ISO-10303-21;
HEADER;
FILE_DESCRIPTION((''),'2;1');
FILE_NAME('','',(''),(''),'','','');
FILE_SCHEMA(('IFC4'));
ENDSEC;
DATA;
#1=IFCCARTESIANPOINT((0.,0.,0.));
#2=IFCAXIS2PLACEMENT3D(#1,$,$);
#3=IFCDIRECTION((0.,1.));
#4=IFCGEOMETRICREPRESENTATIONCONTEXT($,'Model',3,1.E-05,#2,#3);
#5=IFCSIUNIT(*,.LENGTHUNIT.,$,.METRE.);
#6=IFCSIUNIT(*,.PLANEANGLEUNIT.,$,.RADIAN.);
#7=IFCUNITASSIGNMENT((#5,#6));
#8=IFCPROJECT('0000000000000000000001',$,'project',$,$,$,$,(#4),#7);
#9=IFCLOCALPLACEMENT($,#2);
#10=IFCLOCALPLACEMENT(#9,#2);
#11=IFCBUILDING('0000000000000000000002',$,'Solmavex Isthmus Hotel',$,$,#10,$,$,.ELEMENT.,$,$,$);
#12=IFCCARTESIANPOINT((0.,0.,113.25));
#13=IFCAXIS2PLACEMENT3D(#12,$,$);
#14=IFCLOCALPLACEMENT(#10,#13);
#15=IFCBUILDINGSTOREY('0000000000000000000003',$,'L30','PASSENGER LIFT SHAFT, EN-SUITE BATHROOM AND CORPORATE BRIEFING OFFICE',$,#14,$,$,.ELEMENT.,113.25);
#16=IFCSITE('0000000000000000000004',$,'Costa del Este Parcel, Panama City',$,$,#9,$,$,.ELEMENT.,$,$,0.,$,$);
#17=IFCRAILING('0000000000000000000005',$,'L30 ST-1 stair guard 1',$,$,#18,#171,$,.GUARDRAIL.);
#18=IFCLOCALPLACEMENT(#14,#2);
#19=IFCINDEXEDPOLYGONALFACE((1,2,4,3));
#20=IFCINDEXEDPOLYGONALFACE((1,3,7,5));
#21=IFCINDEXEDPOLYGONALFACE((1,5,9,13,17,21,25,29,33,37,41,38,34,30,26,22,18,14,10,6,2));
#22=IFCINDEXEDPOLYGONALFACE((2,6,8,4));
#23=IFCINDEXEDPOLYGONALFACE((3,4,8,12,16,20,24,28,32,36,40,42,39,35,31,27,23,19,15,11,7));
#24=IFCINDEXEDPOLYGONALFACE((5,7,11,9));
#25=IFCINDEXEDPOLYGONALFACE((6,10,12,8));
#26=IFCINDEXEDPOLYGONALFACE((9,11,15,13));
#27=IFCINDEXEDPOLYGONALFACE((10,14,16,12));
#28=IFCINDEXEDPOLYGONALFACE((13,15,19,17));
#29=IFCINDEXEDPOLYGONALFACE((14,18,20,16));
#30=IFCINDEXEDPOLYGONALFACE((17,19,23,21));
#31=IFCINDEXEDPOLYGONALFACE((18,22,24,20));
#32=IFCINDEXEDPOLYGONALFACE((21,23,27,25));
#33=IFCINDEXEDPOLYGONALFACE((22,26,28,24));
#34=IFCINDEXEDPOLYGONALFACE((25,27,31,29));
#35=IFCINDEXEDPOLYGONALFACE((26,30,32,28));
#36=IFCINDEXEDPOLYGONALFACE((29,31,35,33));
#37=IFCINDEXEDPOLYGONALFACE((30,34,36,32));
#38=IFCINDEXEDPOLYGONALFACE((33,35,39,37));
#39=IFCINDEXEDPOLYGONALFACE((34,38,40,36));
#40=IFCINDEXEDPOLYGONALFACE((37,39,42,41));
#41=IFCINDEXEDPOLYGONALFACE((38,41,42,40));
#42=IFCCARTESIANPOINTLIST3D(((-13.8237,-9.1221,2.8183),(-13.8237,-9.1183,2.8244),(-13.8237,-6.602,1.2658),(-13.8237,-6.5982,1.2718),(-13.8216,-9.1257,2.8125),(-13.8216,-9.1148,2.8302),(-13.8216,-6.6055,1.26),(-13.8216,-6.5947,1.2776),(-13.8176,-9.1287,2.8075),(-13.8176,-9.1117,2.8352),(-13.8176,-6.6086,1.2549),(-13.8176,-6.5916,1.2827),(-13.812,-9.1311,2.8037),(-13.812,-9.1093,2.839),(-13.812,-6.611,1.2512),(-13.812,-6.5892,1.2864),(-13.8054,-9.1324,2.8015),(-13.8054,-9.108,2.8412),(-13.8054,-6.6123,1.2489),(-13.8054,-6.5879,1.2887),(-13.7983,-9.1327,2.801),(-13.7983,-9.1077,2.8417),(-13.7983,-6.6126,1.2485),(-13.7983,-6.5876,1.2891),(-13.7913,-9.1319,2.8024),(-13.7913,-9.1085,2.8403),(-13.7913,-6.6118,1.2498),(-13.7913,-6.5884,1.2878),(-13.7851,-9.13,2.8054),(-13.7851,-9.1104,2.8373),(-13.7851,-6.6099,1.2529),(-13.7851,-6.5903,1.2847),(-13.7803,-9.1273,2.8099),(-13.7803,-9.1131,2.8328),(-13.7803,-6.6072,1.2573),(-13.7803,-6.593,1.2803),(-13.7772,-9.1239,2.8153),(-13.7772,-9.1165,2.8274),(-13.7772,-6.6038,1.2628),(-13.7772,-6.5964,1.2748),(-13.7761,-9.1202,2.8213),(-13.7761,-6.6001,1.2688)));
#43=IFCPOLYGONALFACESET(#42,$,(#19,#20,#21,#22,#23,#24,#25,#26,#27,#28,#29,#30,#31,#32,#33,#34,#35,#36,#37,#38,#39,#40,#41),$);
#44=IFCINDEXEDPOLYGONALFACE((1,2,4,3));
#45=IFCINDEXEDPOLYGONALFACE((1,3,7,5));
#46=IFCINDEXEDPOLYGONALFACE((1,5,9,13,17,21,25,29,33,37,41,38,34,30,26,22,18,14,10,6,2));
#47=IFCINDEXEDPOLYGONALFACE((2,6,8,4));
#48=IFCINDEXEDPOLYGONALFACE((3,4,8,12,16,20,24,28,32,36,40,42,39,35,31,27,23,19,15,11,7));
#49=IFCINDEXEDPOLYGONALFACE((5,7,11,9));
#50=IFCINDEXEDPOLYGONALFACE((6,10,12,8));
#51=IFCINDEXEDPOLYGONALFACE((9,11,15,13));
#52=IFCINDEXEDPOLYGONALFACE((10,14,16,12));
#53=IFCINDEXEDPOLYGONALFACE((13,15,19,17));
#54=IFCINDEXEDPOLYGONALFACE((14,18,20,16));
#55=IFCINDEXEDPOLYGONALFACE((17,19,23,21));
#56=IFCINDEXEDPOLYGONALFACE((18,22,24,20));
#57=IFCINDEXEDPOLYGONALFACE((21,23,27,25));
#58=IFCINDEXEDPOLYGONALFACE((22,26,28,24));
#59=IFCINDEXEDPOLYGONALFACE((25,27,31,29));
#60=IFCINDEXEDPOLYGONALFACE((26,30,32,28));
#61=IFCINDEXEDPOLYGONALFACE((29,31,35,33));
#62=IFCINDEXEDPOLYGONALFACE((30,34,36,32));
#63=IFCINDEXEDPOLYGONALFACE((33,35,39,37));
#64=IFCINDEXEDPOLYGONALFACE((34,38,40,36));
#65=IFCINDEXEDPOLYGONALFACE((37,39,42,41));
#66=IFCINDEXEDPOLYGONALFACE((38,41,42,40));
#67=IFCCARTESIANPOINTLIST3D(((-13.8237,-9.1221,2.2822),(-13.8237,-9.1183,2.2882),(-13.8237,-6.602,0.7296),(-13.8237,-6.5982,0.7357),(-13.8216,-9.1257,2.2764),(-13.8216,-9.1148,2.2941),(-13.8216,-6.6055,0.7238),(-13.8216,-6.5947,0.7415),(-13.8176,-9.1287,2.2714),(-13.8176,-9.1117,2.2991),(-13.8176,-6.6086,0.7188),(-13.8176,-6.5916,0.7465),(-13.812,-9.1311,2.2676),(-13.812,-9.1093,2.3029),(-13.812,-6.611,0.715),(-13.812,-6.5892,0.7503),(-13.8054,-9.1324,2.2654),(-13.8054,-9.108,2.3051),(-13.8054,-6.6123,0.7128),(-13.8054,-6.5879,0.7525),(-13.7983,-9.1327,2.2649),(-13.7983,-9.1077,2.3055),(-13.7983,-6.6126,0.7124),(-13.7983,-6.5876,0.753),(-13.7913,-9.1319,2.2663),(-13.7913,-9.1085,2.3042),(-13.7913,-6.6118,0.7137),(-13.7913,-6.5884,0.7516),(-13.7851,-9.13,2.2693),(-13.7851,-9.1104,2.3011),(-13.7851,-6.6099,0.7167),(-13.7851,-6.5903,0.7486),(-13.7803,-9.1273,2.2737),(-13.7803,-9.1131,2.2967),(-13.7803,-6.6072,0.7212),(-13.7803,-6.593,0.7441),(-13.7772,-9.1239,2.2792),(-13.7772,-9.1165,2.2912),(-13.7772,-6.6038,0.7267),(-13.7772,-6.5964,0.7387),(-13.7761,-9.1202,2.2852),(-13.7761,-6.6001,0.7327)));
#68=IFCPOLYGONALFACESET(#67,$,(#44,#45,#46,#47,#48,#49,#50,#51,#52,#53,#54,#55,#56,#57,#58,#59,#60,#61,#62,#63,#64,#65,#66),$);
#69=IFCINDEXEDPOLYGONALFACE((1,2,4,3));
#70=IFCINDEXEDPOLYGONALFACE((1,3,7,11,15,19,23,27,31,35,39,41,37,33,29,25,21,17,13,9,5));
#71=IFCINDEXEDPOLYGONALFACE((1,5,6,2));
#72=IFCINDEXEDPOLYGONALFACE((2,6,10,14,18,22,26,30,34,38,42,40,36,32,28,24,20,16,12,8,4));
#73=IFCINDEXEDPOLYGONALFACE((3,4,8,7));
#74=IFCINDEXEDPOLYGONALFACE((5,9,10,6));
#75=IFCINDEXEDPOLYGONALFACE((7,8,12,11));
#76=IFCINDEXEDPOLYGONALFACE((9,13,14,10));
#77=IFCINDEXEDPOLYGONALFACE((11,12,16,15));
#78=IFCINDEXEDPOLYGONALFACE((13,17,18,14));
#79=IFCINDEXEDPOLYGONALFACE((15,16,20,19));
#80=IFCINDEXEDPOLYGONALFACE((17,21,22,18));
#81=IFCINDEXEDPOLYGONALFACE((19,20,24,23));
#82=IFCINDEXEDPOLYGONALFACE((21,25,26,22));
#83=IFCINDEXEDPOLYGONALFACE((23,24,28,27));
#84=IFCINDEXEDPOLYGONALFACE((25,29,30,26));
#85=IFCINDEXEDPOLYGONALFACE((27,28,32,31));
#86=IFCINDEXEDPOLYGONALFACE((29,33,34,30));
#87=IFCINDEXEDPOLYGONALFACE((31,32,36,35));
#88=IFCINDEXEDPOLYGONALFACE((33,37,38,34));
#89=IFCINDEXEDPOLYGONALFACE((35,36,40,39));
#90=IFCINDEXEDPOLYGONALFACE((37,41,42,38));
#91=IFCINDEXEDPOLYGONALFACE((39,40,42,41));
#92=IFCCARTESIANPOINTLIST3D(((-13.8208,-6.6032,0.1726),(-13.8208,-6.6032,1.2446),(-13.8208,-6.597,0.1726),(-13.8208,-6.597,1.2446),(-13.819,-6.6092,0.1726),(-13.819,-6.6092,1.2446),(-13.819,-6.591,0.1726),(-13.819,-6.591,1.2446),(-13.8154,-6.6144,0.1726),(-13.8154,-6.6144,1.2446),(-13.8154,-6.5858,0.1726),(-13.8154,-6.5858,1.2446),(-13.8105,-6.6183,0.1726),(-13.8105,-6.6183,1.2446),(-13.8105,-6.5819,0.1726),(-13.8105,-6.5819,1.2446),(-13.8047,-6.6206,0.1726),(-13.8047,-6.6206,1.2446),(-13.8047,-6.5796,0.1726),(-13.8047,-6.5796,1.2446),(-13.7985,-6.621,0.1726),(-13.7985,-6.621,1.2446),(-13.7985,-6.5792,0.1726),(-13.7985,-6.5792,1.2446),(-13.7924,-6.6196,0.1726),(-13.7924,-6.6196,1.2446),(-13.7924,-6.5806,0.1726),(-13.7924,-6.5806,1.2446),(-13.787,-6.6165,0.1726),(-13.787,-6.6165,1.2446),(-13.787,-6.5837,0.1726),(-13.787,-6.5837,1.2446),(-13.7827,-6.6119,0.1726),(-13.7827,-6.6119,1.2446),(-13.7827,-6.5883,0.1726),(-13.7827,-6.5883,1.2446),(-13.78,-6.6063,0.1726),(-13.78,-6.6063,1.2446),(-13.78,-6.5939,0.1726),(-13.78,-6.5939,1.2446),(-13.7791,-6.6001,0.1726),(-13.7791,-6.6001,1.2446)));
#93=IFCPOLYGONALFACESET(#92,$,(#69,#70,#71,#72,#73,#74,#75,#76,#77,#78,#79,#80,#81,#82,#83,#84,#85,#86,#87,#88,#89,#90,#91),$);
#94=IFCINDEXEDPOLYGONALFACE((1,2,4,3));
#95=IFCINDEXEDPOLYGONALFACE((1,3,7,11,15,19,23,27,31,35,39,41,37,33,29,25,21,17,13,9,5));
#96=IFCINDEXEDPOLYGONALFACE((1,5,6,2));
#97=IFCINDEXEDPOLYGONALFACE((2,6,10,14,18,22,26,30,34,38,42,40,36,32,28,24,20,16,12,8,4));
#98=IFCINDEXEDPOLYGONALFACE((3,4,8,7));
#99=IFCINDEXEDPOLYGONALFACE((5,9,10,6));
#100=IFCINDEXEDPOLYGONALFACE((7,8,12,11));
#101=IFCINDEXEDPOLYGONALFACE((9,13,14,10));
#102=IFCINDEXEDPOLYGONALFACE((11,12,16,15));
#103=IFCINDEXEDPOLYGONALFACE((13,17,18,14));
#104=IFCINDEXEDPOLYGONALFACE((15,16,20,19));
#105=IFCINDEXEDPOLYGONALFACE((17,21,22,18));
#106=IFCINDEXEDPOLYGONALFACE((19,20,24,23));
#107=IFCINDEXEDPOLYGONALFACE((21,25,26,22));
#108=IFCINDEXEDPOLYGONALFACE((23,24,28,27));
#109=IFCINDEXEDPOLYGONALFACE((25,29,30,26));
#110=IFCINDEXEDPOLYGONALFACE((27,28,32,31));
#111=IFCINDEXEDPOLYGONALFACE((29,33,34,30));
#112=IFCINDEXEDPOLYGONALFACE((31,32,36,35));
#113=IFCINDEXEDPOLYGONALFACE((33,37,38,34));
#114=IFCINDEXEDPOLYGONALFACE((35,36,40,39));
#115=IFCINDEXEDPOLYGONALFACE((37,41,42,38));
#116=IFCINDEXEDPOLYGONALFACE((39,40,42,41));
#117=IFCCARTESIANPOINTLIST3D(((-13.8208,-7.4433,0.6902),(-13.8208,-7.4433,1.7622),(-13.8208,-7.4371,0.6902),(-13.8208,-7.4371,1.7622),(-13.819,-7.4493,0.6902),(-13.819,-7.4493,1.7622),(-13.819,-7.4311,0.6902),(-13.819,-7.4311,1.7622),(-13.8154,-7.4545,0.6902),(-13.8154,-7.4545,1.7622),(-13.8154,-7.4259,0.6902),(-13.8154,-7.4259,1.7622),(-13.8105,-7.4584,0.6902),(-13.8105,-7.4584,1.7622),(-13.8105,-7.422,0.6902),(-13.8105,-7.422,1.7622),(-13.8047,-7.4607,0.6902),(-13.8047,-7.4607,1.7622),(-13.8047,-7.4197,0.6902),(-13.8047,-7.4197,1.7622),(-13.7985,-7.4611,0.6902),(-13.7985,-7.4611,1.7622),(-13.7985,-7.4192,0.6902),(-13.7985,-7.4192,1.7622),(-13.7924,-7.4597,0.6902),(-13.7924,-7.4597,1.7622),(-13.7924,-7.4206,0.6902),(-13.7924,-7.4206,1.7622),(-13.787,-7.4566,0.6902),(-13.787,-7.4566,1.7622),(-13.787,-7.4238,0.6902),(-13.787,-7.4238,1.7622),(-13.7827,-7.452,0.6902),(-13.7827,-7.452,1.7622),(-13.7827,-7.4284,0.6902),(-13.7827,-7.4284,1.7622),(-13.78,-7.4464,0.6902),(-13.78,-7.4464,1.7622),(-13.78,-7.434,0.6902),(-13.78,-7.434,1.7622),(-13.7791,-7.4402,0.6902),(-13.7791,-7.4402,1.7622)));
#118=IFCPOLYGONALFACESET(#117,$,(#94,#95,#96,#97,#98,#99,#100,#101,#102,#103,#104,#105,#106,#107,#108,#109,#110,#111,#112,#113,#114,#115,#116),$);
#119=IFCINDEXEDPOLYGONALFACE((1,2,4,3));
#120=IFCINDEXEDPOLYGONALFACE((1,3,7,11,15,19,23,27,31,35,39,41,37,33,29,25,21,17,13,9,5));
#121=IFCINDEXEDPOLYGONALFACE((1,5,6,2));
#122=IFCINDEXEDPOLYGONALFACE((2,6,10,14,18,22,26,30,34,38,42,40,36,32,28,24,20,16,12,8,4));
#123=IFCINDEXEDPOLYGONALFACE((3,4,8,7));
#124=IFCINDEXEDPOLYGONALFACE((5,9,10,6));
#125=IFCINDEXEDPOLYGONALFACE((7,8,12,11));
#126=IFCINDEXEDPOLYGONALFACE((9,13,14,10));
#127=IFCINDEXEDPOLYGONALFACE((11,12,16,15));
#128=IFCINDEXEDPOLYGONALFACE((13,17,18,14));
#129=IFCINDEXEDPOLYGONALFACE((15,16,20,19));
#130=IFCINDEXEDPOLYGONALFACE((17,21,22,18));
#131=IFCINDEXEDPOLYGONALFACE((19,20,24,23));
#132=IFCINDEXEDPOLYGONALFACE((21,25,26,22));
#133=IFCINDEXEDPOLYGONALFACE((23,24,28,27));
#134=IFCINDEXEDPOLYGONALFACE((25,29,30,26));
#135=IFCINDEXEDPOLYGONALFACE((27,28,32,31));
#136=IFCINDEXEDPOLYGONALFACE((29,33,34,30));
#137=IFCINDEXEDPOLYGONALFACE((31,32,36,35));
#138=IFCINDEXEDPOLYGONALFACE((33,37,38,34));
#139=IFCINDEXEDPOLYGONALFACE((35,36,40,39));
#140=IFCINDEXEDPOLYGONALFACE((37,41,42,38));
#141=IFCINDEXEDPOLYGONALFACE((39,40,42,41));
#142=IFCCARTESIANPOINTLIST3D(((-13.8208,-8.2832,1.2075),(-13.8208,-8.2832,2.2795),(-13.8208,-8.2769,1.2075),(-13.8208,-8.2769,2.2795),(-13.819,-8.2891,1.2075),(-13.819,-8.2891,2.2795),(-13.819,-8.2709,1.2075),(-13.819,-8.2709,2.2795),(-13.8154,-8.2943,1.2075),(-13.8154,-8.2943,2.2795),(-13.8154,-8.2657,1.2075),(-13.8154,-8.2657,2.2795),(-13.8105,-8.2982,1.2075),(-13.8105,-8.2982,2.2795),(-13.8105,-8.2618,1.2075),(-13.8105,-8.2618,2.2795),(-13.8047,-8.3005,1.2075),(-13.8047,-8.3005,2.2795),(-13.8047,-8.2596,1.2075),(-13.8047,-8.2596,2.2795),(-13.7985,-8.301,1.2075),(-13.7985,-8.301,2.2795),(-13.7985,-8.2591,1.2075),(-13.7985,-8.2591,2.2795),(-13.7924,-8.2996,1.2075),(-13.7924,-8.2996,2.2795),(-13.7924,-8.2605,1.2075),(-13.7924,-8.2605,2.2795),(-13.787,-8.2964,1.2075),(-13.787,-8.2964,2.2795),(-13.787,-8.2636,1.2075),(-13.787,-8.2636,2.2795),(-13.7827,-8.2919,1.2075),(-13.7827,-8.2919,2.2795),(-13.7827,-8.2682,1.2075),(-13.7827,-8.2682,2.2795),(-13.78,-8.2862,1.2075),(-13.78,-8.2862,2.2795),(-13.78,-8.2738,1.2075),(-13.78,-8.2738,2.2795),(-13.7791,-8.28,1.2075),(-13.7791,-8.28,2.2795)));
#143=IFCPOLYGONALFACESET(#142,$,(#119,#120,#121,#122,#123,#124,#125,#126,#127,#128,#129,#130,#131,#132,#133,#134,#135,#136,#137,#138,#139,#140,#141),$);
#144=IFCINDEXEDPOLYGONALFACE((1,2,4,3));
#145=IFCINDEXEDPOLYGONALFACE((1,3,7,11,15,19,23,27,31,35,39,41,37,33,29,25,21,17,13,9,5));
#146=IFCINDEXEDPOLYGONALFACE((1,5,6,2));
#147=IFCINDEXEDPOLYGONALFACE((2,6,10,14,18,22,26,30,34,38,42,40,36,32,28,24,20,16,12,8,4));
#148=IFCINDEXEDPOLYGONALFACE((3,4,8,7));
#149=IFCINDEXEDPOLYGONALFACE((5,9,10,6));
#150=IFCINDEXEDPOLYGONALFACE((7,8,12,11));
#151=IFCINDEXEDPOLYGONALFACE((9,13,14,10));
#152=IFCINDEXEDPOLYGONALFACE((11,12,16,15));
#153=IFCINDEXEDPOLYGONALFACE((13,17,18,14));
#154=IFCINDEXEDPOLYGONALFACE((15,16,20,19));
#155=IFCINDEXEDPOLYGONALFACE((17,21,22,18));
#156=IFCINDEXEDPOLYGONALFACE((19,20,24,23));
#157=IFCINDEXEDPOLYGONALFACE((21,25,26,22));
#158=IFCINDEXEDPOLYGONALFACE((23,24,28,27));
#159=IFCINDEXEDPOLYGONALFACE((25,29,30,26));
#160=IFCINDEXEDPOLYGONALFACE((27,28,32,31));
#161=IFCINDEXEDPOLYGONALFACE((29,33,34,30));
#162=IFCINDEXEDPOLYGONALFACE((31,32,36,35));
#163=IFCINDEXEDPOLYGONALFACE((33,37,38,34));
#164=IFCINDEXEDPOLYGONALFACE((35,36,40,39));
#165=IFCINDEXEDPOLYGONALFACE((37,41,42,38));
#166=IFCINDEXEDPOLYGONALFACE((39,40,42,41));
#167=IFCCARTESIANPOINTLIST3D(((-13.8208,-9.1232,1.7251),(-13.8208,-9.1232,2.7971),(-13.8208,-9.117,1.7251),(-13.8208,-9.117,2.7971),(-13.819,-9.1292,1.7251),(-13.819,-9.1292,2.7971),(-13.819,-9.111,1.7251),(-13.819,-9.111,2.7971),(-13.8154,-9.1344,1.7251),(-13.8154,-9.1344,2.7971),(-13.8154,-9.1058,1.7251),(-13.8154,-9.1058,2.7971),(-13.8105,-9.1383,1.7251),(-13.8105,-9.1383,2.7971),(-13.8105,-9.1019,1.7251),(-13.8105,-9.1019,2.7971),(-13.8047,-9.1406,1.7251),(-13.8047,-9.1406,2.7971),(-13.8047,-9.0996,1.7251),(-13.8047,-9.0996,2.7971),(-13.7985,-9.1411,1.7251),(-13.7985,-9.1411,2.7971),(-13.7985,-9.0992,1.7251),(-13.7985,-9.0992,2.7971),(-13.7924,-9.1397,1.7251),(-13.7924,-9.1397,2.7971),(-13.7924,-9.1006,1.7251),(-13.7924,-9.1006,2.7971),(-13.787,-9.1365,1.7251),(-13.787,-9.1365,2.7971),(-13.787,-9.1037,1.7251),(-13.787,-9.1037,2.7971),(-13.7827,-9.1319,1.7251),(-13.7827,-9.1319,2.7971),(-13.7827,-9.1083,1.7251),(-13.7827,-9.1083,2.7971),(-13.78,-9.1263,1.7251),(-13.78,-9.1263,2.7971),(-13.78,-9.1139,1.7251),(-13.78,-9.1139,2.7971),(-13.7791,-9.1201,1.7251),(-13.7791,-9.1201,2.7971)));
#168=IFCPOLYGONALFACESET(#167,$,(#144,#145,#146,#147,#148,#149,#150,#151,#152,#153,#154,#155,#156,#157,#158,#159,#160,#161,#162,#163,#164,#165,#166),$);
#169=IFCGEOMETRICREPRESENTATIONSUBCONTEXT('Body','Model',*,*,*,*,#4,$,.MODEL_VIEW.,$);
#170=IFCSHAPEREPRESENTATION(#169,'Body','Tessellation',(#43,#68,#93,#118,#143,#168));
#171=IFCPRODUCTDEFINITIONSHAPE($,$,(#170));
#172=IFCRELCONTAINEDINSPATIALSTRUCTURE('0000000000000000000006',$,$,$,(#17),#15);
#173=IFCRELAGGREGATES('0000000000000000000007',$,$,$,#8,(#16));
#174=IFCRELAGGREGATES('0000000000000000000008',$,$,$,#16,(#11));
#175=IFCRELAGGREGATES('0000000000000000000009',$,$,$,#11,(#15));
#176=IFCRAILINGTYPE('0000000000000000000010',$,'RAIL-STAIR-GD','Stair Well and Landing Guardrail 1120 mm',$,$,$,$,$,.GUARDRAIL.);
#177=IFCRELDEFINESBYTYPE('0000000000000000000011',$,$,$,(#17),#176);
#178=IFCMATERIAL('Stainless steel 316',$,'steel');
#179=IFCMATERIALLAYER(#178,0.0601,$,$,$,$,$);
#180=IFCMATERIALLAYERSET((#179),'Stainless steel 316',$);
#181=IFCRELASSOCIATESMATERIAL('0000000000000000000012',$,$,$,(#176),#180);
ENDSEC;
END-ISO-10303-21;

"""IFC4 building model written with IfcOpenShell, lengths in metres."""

from ifc_helpers import new_model, si_unit, direction, frame, origin, origin_2d, place, context, subcontext, project, spatial, circle, extrude, material, layer, layer_set, type_object, element, save


model = new_model("IFC4")

# Units and contexts
model_context = context("Model", 3, precision=1e-05, world=origin(), true_north=direction((0.0, 1.0)))
body_context = subcontext(model_context, "Body", "Model", "MODEL_VIEW")
ifc_project = project(units=[si_unit("LENGTHUNIT", "METRE"), si_unit("PLANEANGLEUNIT", "RADIAN")], contexts=[model_context])

# Site, building, storey
site_placement = place(None, origin())
site = spatial("IfcSite", under=ifc_project, at=site_placement, Name="Costa del Este Parcel, Panama City", CompositionType="ELEMENT", RefElevation=0.0)
building_placement = place(site_placement, origin())
building = spatial("IfcBuilding", under=site, at=building_placement, Name="Solmavex Isthmus Hotel", CompositionType="ELEMENT")
storey_placement = place(building_placement, frame((0.0, 0.0, 113.25)))
storey = spatial("IfcBuildingStorey", under=building, at=storey_placement, Name="L30", Description="PASSENGER LIFT SHAFT, EN-SUITE BATHROOM AND CORPORATE BRIEFING OFFICE", CompositionType="ELEMENT", Elevation=113.25)

# Shared definitions
ifc_material_1 = material(Name="Stainless steel 316", Category="steel")

# Railing
ifc_layer_1 = layer(ifc_material_1, 0.0601)
ifc_layer_set_1 = layer_set([ifc_layer_1], Name="Stainless steel 316")
railing_type_1 = type_object("IfcRailingType", Name="RAIL-STAIR-GD", Description="Stair Well and Landing Guardrail 1120 mm", PredefinedType="GUARDRAIL", material=ifc_layer_set_1)
railing_1_placement = place(storey_placement, frame((-13.8, -6.6001, 0.1726)))
element("IfcRailing", 1, at=railing_1_placement, inside=storey, type_object=railing_type_1, Name="L30 ST-1 stair guard 1", PredefinedType="GUARDRAIL", context=body_context, shape_type="SweptSolid", body=[
    extrude(circle(Radius=0.0239, at=origin_2d()), frame((0.0, 0.0, 1.0962), z_axis=(0.0, -0.8514, 0.524516), x_axis=(1.0, 0.0, 0.0)), (0.0, 0.0, 1.0), 2.96),
    extrude(circle(Radius=0.0239, at=origin_2d()), frame((0.0, 0.0, 0.5601), z_axis=(0.0, -0.8514, 0.524516), x_axis=(1.0, 0.0, 0.0)), (0.0, 0.0, 1.0), 2.96),
    extrude(circle(Radius=0.021, at=origin_2d()), origin(), (0.0, 0.0, 1.0), 1.072),
    extrude(circle(Radius=0.021, at=origin_2d()), frame((0.0, -0.8401, 0.5176)), (0.0, 0.0, 1.0), 1.072),
    extrude(circle(Radius=0.021, at=origin_2d()), frame((0.0, -1.6799, 1.0349)), (0.0, 0.0, 1.0), 1.072),
    extrude(circle(Radius=0.021, at=origin_2d()), frame((0.0, -2.52, 1.5525)), (0.0, 0.0, 1.0), 1.072),
])

save(model, "model.ifc")
